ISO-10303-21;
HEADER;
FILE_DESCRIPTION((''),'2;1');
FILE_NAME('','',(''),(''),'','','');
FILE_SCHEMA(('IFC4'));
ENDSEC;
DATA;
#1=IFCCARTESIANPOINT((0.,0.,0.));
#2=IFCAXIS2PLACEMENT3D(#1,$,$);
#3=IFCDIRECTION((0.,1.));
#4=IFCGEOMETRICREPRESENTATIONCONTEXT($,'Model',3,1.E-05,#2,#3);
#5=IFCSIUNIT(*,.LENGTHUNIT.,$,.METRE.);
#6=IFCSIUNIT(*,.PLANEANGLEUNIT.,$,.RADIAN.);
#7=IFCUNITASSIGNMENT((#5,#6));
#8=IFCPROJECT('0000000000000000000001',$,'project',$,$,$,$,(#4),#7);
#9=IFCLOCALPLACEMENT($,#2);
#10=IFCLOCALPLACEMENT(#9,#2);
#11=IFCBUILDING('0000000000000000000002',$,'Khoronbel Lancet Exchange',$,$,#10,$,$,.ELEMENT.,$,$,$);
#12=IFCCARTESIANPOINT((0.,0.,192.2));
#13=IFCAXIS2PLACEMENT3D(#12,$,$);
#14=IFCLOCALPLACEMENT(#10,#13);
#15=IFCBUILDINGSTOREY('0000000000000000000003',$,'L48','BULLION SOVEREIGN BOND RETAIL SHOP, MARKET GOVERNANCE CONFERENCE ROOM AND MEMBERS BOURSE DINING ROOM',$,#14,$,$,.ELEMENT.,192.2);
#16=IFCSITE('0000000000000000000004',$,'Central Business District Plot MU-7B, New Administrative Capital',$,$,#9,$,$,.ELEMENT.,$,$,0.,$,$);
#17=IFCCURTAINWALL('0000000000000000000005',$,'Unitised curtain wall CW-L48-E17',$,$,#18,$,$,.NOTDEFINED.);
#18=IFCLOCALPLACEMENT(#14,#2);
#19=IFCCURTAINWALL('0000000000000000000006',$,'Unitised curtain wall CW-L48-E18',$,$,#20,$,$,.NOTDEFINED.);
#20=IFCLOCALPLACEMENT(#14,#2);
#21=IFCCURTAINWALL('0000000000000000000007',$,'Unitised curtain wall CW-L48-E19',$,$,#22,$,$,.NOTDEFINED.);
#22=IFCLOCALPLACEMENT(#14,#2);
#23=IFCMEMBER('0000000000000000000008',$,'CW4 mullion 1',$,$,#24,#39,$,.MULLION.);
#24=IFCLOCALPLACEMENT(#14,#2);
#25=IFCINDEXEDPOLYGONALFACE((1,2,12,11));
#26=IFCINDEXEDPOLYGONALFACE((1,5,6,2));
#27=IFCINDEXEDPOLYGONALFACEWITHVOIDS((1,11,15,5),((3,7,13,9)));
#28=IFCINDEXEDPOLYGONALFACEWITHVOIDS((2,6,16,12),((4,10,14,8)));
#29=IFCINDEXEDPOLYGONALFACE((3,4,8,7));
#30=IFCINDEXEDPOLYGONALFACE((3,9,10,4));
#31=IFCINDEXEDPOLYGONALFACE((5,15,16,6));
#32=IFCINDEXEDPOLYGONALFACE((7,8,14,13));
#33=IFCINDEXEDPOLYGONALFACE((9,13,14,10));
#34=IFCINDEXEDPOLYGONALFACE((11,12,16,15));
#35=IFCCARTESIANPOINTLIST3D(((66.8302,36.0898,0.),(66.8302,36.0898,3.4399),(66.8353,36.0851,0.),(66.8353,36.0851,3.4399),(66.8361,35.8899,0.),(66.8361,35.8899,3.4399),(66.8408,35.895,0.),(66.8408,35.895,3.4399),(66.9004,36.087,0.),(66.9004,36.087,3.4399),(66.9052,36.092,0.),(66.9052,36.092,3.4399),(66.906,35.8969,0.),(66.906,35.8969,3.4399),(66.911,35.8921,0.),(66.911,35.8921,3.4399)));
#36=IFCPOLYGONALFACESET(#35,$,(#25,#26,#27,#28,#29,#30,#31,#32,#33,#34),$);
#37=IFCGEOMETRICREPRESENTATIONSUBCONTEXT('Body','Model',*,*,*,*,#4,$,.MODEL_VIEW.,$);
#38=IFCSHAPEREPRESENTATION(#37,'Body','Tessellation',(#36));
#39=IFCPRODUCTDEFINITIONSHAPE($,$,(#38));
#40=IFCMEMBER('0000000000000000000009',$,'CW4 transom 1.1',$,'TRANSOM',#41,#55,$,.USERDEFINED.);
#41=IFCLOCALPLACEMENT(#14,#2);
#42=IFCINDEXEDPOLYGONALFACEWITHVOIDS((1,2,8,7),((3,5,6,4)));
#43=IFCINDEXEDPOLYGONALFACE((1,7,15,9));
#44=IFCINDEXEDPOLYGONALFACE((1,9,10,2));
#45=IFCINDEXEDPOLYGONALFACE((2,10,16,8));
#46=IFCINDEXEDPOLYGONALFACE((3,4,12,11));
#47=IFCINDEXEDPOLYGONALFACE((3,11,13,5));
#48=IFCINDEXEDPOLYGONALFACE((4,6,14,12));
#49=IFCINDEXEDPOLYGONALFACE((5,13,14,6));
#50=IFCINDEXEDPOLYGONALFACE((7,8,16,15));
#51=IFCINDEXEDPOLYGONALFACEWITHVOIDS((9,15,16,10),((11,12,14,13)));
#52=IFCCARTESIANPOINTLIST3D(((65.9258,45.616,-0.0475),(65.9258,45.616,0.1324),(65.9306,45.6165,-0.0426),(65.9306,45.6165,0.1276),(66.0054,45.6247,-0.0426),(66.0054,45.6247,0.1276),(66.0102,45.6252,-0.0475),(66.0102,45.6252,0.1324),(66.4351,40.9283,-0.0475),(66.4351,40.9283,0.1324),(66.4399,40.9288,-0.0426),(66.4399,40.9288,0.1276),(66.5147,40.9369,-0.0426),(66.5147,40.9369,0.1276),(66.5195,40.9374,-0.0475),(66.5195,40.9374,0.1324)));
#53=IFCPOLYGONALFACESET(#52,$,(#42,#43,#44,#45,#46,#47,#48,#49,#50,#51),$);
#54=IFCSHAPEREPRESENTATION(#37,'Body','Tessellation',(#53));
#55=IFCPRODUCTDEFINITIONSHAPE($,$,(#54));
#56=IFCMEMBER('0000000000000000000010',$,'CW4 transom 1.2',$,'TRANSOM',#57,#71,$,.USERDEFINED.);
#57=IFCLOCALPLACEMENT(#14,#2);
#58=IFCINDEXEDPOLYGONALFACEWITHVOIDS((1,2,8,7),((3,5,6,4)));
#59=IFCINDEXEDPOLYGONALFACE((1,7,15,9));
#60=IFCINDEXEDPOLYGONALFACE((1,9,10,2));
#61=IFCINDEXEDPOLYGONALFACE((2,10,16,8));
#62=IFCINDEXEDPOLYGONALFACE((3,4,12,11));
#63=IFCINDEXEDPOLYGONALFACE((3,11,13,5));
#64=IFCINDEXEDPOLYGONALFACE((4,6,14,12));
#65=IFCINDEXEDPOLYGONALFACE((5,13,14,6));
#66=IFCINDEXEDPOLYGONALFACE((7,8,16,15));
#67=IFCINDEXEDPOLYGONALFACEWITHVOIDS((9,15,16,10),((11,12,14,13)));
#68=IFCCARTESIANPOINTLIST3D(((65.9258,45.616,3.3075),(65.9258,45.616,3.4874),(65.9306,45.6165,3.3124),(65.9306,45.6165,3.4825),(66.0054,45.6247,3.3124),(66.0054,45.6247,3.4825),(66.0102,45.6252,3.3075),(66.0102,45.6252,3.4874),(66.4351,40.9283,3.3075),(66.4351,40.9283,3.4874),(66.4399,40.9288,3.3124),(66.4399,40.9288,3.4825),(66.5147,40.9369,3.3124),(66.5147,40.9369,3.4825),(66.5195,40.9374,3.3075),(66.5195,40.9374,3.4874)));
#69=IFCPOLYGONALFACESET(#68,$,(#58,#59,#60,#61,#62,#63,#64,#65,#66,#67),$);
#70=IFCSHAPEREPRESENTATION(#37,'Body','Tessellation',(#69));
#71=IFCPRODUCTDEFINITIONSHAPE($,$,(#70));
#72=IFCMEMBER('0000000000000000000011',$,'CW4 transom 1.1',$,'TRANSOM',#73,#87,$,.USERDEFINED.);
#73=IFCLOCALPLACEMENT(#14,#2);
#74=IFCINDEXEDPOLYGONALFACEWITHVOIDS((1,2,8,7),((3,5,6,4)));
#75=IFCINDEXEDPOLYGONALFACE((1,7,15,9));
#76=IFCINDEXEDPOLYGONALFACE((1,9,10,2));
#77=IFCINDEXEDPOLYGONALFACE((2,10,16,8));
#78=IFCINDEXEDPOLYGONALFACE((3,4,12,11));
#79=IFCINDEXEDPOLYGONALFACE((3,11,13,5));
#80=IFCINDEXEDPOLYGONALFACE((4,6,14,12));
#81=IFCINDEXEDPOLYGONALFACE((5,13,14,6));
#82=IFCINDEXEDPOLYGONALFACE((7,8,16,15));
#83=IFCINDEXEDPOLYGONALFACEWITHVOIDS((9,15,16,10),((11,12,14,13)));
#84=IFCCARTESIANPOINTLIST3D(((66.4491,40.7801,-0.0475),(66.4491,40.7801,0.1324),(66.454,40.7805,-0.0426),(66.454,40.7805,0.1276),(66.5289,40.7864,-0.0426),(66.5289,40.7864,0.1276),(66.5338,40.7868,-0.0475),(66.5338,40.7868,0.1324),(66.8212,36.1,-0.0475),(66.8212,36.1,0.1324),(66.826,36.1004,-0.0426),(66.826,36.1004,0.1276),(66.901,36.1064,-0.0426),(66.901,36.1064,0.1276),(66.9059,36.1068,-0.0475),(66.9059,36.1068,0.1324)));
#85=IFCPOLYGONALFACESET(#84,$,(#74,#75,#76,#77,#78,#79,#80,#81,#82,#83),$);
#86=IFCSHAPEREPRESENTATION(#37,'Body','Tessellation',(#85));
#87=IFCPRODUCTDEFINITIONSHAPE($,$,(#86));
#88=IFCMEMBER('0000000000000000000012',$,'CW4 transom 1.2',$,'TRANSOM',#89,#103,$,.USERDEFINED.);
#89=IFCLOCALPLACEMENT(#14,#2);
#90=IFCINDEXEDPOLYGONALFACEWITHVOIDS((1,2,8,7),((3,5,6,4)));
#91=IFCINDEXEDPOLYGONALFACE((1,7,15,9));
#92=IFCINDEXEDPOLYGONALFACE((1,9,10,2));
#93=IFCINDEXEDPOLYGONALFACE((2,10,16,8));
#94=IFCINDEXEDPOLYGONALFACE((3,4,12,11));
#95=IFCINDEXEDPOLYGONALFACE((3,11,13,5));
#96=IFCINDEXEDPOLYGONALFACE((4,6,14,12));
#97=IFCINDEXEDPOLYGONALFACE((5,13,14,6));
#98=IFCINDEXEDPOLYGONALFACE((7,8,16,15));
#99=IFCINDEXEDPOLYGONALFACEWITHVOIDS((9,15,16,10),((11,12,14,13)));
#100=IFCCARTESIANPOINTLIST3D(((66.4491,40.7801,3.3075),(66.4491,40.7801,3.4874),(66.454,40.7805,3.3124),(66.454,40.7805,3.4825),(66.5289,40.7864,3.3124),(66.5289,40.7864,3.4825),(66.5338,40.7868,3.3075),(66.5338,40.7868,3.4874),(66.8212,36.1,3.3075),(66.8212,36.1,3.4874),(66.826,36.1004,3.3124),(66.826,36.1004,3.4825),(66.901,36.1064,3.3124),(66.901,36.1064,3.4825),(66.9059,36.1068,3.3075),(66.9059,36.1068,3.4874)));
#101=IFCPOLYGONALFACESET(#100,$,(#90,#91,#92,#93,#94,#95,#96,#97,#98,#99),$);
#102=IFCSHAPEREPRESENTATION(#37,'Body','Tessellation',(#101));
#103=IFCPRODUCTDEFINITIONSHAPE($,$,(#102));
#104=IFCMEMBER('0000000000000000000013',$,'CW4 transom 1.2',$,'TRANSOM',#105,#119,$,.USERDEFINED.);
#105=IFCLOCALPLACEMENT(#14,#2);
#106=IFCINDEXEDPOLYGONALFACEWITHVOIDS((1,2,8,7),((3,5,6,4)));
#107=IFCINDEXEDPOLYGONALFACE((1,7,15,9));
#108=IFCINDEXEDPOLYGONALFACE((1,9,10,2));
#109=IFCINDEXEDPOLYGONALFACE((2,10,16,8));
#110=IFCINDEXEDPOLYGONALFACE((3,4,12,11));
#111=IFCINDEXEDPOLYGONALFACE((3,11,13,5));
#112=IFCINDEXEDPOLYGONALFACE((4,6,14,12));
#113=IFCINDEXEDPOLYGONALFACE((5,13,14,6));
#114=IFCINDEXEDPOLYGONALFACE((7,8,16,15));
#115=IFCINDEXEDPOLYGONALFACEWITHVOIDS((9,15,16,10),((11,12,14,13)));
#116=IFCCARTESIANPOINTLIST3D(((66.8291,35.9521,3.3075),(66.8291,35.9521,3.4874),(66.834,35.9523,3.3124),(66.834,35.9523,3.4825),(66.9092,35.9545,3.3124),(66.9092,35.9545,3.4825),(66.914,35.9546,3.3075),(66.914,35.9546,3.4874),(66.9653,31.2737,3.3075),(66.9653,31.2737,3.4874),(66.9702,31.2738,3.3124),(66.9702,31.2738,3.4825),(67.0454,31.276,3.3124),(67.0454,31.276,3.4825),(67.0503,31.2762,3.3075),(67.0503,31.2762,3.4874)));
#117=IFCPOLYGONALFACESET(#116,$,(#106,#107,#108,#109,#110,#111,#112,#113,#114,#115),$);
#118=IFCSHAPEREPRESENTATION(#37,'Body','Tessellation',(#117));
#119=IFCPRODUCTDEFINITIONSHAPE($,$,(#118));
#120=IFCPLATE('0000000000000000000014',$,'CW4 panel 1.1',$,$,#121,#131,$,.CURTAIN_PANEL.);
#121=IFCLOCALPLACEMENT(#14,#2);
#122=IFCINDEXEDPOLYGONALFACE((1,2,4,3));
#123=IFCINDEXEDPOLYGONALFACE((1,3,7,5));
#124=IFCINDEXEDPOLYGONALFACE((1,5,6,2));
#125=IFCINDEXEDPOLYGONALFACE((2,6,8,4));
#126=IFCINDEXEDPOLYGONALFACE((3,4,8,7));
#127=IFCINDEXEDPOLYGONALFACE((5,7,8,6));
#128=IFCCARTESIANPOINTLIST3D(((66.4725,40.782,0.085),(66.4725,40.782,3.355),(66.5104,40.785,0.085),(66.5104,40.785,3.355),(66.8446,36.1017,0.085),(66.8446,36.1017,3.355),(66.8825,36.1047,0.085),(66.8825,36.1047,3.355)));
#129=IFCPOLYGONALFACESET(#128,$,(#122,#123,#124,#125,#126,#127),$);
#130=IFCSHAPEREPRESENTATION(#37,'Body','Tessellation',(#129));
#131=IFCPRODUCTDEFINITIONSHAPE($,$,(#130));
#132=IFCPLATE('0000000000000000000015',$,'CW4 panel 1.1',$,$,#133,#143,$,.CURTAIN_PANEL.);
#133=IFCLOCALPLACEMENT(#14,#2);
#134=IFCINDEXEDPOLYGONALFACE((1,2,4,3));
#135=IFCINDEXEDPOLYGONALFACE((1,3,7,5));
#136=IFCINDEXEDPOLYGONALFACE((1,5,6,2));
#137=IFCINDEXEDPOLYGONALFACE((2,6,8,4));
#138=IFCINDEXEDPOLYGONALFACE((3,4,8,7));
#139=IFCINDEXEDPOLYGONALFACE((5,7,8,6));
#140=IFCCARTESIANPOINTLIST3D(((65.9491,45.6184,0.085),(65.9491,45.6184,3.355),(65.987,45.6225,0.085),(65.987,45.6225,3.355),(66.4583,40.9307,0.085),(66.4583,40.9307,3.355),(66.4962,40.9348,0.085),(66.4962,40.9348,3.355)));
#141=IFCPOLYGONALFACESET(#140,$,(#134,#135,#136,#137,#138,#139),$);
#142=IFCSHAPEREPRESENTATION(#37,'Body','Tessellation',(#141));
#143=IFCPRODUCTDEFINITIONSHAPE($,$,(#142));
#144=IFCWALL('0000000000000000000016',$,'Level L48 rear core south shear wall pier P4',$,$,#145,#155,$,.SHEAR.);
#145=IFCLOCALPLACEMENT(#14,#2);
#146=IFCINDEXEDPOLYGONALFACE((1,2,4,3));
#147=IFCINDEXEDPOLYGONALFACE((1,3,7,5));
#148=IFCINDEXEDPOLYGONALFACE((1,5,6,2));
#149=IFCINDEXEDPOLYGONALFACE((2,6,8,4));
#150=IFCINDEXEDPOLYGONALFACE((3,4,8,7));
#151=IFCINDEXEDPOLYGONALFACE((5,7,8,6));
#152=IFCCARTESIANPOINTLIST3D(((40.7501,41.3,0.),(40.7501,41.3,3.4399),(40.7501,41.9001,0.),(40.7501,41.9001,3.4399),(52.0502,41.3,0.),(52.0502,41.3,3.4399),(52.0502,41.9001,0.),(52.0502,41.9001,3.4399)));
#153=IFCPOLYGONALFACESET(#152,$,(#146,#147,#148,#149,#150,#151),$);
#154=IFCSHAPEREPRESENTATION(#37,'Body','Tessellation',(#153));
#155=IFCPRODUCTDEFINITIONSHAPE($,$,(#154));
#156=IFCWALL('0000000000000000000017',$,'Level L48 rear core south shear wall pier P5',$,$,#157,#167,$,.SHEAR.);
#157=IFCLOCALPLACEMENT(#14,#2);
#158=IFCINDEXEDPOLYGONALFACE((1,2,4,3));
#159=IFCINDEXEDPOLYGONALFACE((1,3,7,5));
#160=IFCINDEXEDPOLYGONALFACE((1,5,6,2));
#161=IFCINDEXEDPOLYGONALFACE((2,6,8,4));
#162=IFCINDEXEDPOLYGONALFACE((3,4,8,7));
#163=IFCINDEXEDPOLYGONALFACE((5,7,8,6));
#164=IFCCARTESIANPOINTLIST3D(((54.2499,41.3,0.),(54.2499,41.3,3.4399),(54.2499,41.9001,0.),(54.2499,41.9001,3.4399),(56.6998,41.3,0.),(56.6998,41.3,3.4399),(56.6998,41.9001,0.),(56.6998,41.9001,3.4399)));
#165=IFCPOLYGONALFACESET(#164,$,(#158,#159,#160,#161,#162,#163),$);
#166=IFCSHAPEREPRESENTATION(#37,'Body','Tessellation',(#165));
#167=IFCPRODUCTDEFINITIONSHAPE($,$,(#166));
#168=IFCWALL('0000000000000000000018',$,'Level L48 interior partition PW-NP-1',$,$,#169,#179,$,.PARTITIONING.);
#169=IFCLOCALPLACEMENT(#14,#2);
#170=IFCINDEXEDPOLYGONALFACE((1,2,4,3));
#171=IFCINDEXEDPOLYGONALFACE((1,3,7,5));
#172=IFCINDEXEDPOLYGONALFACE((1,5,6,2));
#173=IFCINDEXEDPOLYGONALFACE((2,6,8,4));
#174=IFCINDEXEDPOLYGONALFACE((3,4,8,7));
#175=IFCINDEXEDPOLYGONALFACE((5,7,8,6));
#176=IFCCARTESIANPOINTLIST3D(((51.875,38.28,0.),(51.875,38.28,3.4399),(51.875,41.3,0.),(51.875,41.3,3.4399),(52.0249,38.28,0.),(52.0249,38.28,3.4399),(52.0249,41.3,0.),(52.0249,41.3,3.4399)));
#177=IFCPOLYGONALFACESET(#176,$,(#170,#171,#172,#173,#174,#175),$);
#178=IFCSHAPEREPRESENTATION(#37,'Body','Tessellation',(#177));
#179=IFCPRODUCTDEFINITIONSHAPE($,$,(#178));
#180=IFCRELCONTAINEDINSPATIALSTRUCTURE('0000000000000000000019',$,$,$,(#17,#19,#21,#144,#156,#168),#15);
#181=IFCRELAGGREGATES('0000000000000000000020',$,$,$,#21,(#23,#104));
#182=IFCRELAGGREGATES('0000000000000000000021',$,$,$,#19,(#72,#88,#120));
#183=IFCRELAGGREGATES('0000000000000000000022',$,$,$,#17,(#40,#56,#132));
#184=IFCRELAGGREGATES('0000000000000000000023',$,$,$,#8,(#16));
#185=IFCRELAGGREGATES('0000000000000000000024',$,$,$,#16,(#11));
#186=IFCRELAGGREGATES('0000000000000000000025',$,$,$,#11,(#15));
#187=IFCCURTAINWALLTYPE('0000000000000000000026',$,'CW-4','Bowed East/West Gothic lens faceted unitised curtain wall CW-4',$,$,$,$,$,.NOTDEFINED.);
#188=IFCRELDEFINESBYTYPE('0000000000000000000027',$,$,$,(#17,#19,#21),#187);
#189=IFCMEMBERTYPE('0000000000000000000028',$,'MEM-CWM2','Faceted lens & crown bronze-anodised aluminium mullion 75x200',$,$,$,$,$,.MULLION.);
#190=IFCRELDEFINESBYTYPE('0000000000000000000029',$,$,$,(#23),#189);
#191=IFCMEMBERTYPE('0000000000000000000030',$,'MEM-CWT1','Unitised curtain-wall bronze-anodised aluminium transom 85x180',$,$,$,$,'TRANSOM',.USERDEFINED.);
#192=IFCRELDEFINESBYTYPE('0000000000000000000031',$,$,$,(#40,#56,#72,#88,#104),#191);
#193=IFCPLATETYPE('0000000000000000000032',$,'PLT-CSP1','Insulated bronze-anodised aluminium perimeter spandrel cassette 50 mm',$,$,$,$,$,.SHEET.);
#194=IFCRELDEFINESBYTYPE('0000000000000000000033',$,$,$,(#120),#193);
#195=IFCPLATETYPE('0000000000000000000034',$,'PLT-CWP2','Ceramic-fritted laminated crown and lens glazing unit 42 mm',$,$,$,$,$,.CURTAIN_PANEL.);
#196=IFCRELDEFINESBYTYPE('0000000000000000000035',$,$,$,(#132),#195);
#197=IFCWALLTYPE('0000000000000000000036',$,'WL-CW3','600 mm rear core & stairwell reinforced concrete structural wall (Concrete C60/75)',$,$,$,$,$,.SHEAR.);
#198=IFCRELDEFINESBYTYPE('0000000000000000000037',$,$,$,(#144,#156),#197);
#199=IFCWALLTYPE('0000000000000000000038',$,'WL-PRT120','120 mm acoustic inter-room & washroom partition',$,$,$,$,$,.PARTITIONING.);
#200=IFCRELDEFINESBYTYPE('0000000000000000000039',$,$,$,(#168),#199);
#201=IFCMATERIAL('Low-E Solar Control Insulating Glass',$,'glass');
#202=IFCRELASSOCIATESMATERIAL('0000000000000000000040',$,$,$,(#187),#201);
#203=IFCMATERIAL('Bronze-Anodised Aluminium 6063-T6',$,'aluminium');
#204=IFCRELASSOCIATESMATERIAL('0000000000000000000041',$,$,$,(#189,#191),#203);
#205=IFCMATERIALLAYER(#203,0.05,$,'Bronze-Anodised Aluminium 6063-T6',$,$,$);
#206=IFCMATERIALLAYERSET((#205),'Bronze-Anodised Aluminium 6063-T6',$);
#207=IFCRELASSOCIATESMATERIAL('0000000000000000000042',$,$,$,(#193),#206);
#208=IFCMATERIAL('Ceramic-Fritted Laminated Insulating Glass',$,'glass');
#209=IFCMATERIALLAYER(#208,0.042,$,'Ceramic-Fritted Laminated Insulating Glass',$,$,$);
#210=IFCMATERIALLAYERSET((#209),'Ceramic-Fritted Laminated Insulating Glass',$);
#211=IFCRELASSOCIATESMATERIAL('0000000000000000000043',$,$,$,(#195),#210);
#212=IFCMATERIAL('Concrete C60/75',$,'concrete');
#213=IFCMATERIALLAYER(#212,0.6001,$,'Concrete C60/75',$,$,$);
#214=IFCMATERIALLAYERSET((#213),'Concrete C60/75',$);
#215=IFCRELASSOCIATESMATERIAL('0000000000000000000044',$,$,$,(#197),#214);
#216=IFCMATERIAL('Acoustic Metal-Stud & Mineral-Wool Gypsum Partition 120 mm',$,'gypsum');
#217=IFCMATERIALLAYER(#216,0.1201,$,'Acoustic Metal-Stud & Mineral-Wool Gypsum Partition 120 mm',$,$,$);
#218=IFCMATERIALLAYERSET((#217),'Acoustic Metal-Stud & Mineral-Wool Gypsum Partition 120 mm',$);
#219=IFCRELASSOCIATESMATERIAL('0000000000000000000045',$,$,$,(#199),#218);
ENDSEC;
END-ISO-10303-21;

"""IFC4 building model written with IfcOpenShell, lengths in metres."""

from ifc_helpers import new_model, si_unit, direction, frame, frame_2d, origin, origin_2d, place, context, subcontext, project, spatial, rectangle, hollow_rectangle, extrude, material, layer, layer_set, material_profile, profile_set, type_object, element, aggregate, save


model = new_model("IFC4")

# Units and contexts
model_context = context("Model", 3, precision=1e-05, world=origin(), true_north=direction((0.0, 1.0)))
body_context = subcontext(model_context, "Body", "Model", "MODEL_VIEW")
ifc_project = project(units=[si_unit("LENGTHUNIT", "METRE"), si_unit("PLANEANGLEUNIT", "RADIAN")], contexts=[model_context])

# Site, building, storey
site_placement = place(None, origin())
site = spatial("IfcSite", under=ifc_project, at=site_placement, Name="Central Business District Plot MU-7B, New Administrative Capital", CompositionType="ELEMENT", RefElevation=0.0)
building_placement = place(site_placement, origin())
building = spatial("IfcBuilding", under=site, at=building_placement, Name="Khoronbel Lancet Exchange", CompositionType="ELEMENT")
storey_placement = place(building_placement, frame((0.0, 0.0, 192.2)))
storey = spatial("IfcBuildingStorey", under=building, at=storey_placement, Name="L48", Description="BULLION SOVEREIGN BOND RETAIL SHOP, MARKET GOVERNANCE CONFERENCE ROOM AND MEMBERS BOURSE DINING ROOM", CompositionType="ELEMENT", Elevation=192.2)

# Shared definitions
ifc_material_1 = material(Name="Concrete C60/75", Category="concrete")

# Curtain walls
ifc_material_2 = material(Name="Low-E Solar Control Insulating Glass", Category="glass")
curtain_wall_type = type_object("IfcCurtainWallType", Name="CW-4", Description="Bowed East/West Gothic lens faceted unitised curtain wall CW-4", PredefinedType="NOTDEFINED", material=ifc_material_2)
curtain_wall_1_placement = place(storey_placement, origin())
curtain_wall_1 = element("IfcCurtainWall", 1, at=curtain_wall_1_placement, inside=storey, type_object=curtain_wall_type, Name="Unitised curtain wall CW-L48-E17", PredefinedType="NOTDEFINED")
ifc_material_3 = material(Name="Bronze-Anodised Aluminium 6063-T6", Category="aluminium")
ifc_material_profile_1 = material_profile(ifc_material_3, hollow_rectangle(XDim=0.075, YDim=0.2, WallThickness=0.0049, at=origin_2d()), Name="ALU MULLION 75x200")
ifc_profile_set_1 = profile_set([ifc_material_profile_1], Name="Bronze-Anodised Aluminium 6063-T6")
member_type_1 = type_object("IfcMemberType", Name="MEM-CWM2", Description="Faceted lens & crown bronze-anodised aluminium mullion 75x200", PredefinedType="MULLION", material=ifc_profile_set_1)
curtain_wall_2_placement = place(storey_placement, origin())
curtain_wall_2 = element("IfcCurtainWall", 2, at=curtain_wall_2_placement, inside=storey, type_object=curtain_wall_type, Name="Unitised curtain wall CW-L48-E18", PredefinedType="NOTDEFINED")

# Curtain wall, member
curtain_wall_3_placement = place(storey_placement, origin())
curtain_wall_3 = element("IfcCurtainWall", 3, at=curtain_wall_3_placement, inside=storey, type_object=curtain_wall_type, Name="Unitised curtain wall CW-L48-E19", PredefinedType="NOTDEFINED")
member_1_placement = place(storey_placement, frame((66.8706, 35.991, 0.0), z_axis=(0.0, 0.0, 1.0), x_axis=(0.999576, 0.029107, 0.0)))
member_1 = element("IfcMember", 4, at=member_1_placement, type_object=member_type_1, Name="CW4 mullion 1", PredefinedType="MULLION", context=body_context, shape_type="SweptSolid", body=[
    extrude(hollow_rectangle(XDim=0.075, YDim=0.2, WallThickness=0.0049, at=origin_2d()), origin(), (0.0, 0.0, 1.0), 3.4399),
])

# Members
ifc_material_profile_2 = material_profile(ifc_material_3, hollow_rectangle(XDim=0.085, YDim=0.1799, WallThickness=0.0049, at=origin_2d()), Name="ALU TRANSOM 85x180")
ifc_profile_set_2 = profile_set([ifc_material_profile_2], Name="Bronze-Anodised Aluminium 6063-T6")
member_type_2 = type_object("IfcMemberType", Name="MEM-CWT1", Description="Unitised curtain-wall bronze-anodised aluminium transom 85x180", ElementType="TRANSOM", PredefinedType="USERDEFINED", material=ifc_profile_set_2)
member_2_placement = place(storey_placement, frame((65.968, 45.6206, 0.0425), z_axis=(0.108005, -0.99415, 0.0), x_axis=(0.99415, 0.108005, 0.0)))
member_2 = element("IfcMember", 5, at=member_2_placement, type_object=member_type_2, Name="CW4 transom 1.1", ObjectType="TRANSOM", PredefinedType="USERDEFINED", context=body_context, shape_type="SweptSolid", body=[
    extrude(hollow_rectangle(XDim=0.085, YDim=0.1799, WallThickness=0.0049, at=origin_2d()), origin(), (0.0, 0.0, 1.0), 4.7153),
])
member_3_placement = place(storey_placement, frame((65.968, 45.6206, 3.3975), z_axis=(0.108005, -0.99415, 0.0), x_axis=(0.99415, 0.108005, 0.0)))
member_3 = element("IfcMember", 6, at=member_3_placement, type_object=member_type_2, Name="CW4 transom 1.2", ObjectType="TRANSOM", PredefinedType="USERDEFINED", context=body_context, shape_type="SweptSolid", body=[
    extrude(hollow_rectangle(XDim=0.085, YDim=0.1799, WallThickness=0.0049, at=origin_2d()), origin(), (0.0, 0.0, 1.0), 4.7153),
])
member_4_placement = place(storey_placement, frame((66.4915, 40.7834, 0.0425), z_axis=(0.079249, -0.996855, 0.0), x_axis=(0.996855, 0.079249, 0.0)))
member_4 = element("IfcMember", 7, at=member_4_placement, type_object=member_type_2, Name="CW4 transom 1.1", ObjectType="TRANSOM", PredefinedType="USERDEFINED", context=body_context, shape_type="SweptSolid", body=[
    extrude(hollow_rectangle(XDim=0.085, YDim=0.1799, WallThickness=0.0049, at=origin_2d()), origin(), (0.0, 0.0, 1.0), 4.6948),
])
member_5_placement = place(storey_placement, frame((66.4915, 40.7834, 3.3975), z_axis=(0.079249, -0.996855, 0.0), x_axis=(0.996855, 0.079249, 0.0)))
member_5 = element("IfcMember", 8, at=member_5_placement, type_object=member_type_2, Name="CW4 transom 1.2", ObjectType="TRANSOM", PredefinedType="USERDEFINED", context=body_context, shape_type="SweptSolid", body=[
    extrude(hollow_rectangle(XDim=0.085, YDim=0.1799, WallThickness=0.0049, at=origin_2d()), origin(), (0.0, 0.0, 1.0), 4.6948),
])
member_6_placement = place(storey_placement, frame((66.8716, 35.9534, 3.3975), z_axis=(0.029106, -0.999576, 0.0), x_axis=(0.999576, 0.029106, 0.0)))
member_6 = element("IfcMember", 9, at=member_6_placement, type_object=member_type_2, Name="CW4 transom 1.2", ObjectType="TRANSOM", PredefinedType="USERDEFINED", context=body_context, shape_type="SweptSolid", body=[
    extrude(hollow_rectangle(XDim=0.085, YDim=0.1799, WallThickness=0.0049, at=origin_2d()), origin(), (0.0, 0.0, 1.0), 4.6804),
])
aggregate(curtain_wall_3, [member_1, member_6])

# Plates
ifc_layer_1 = layer(ifc_material_3, 0.05, Name="Bronze-Anodised Aluminium 6063-T6")
ifc_layer_set_1 = layer_set([ifc_layer_1], Name="Bronze-Anodised Aluminium 6063-T6")
plate_type_1 = type_object("IfcPlateType", Name="PLT-CSP1", Description="Insulated bronze-anodised aluminium perimeter spandrel cassette 50 mm", PredefinedType="SHEET", material=ifc_layer_set_1)
plate_1_placement = place(storey_placement, frame((66.6775, 38.4434, 0.085), z_axis=(0.0, 0.0, 1.0), x_axis=(0.079255, -0.996854, 0.0)))
plate_1 = element("IfcPlate", 10, at=plate_1_placement, type_object=plate_type_1, Name="CW4 panel 1.1", PredefinedType="CURTAIN_PANEL", context=body_context, shape_type="SweptSolid", body=[
    extrude(rectangle(XDim=4.6951, YDim=0.0381, at=origin_2d()), origin(), (0.0, 0.0, 1.0), 3.27),
])
aggregate(curtain_wall_2, [member_4, member_5, plate_1])
ifc_material_4 = material(Name="Ceramic-Fritted Laminated Insulating Glass", Category="glass")
ifc_layer_2 = layer(ifc_material_4, 0.042, Name="Ceramic-Fritted Laminated Insulating Glass")
ifc_layer_set_2 = layer_set([ifc_layer_2], Name="Ceramic-Fritted Laminated Insulating Glass")
plate_type_2 = type_object("IfcPlateType", Name="PLT-CWP2", Description="Ceramic-fritted laminated crown and lens glazing unit 42 mm", PredefinedType="CURTAIN_PANEL", material=ifc_layer_set_2)
plate_2_placement = place(storey_placement, frame((66.2227, 43.2766, 0.085), z_axis=(0.0, 0.0, 1.0), x_axis=(0.10799, -0.994152, 0.0)))
plate_2 = element("IfcPlate", 11, at=plate_2_placement, type_object=plate_type_2, Name="CW4 panel 1.1", PredefinedType="CURTAIN_PANEL", context=body_context, shape_type="SweptSolid", body=[
    extrude(rectangle(XDim=4.7153, YDim=0.0381, at=origin_2d()), origin(), (0.0, 0.0, 1.0), 3.27),
])
aggregate(curtain_wall_1, [member_2, member_3, plate_2])

# Walls
ifc_layer_3 = layer(ifc_material_1, 0.6001, Name="Concrete C60/75")
ifc_layer_set_3 = layer_set([ifc_layer_3], Name="Concrete C60/75")
wall_type_1 = type_object("IfcWallType", Name="WL-CW3", Description="600 mm rear core & stairwell reinforced concrete structural wall (Concrete C60/75)", PredefinedType="SHEAR", material=ifc_layer_set_3)
wall_1_placement = place(storey_placement, frame((52.05, 41.6001, 0.0), z_axis=(0.0, 0.0, 1.0), x_axis=(-1.0, 0.0, 0.0)))
element("IfcWall", 12, at=wall_1_placement, inside=storey, type_object=wall_type_1, Name="Level L48 rear core south shear wall pier P4", PredefinedType="SHEAR", context=body_context, shape_type="SweptSolid", body=[
    extrude(rectangle(XDim=11.3, YDim=0.6001, at=frame_2d((5.6499, 0.0))), origin(), (0.0, 0.0, 1.0), 3.4399),
])
wall_2_placement = place(storey_placement, frame((56.7, 41.6001, 0.0), z_axis=(0.0, 0.0, 1.0), x_axis=(-1.0, 0.0, 0.0)))
element("IfcWall", 13, at=wall_2_placement, inside=storey, type_object=wall_type_1, Name="Level L48 rear core south shear wall pier P5", PredefinedType="SHEAR", context=body_context, shape_type="SweptSolid", body=[
    extrude(rectangle(XDim=2.45, YDim=0.6001, at=frame_2d((1.2251, 0.0))), origin(), (0.0, 0.0, 1.0), 3.4399),
])
ifc_material_5 = material(Name="Acoustic Metal-Stud & Mineral-Wool Gypsum Partition 120 mm", Category="gypsum")
ifc_layer_4 = layer(ifc_material_5, 0.1201, Name="Acoustic Metal-Stud & Mineral-Wool Gypsum Partition 120 mm")
ifc_layer_set_4 = layer_set([ifc_layer_4], Name="Acoustic Metal-Stud & Mineral-Wool Gypsum Partition 120 mm")
wall_type_2 = type_object("IfcWallType", Name="WL-PRT120", Description="120 mm acoustic inter-room & washroom partition", PredefinedType="PARTITIONING", material=ifc_layer_set_4)
wall_3_placement = place(storey_placement, frame((51.95, 38.28, 0.0), z_axis=(0.0, 0.0, 1.0), x_axis=(0.0, 1.0, 0.0)))
element("IfcWall", 14, at=wall_3_placement, inside=storey, type_object=wall_type_2, Name="Level L48 interior partition PW-NP-1", PredefinedType="PARTITIONING", context=body_context, shape_type="SweptSolid", body=[
    extrude(rectangle(XDim=3.02, YDim=0.1499, at=frame_2d((1.51, 0.0))), origin(), (0.0, 0.0, 1.0), 3.4399),
])

save(model, "model.ifc")
